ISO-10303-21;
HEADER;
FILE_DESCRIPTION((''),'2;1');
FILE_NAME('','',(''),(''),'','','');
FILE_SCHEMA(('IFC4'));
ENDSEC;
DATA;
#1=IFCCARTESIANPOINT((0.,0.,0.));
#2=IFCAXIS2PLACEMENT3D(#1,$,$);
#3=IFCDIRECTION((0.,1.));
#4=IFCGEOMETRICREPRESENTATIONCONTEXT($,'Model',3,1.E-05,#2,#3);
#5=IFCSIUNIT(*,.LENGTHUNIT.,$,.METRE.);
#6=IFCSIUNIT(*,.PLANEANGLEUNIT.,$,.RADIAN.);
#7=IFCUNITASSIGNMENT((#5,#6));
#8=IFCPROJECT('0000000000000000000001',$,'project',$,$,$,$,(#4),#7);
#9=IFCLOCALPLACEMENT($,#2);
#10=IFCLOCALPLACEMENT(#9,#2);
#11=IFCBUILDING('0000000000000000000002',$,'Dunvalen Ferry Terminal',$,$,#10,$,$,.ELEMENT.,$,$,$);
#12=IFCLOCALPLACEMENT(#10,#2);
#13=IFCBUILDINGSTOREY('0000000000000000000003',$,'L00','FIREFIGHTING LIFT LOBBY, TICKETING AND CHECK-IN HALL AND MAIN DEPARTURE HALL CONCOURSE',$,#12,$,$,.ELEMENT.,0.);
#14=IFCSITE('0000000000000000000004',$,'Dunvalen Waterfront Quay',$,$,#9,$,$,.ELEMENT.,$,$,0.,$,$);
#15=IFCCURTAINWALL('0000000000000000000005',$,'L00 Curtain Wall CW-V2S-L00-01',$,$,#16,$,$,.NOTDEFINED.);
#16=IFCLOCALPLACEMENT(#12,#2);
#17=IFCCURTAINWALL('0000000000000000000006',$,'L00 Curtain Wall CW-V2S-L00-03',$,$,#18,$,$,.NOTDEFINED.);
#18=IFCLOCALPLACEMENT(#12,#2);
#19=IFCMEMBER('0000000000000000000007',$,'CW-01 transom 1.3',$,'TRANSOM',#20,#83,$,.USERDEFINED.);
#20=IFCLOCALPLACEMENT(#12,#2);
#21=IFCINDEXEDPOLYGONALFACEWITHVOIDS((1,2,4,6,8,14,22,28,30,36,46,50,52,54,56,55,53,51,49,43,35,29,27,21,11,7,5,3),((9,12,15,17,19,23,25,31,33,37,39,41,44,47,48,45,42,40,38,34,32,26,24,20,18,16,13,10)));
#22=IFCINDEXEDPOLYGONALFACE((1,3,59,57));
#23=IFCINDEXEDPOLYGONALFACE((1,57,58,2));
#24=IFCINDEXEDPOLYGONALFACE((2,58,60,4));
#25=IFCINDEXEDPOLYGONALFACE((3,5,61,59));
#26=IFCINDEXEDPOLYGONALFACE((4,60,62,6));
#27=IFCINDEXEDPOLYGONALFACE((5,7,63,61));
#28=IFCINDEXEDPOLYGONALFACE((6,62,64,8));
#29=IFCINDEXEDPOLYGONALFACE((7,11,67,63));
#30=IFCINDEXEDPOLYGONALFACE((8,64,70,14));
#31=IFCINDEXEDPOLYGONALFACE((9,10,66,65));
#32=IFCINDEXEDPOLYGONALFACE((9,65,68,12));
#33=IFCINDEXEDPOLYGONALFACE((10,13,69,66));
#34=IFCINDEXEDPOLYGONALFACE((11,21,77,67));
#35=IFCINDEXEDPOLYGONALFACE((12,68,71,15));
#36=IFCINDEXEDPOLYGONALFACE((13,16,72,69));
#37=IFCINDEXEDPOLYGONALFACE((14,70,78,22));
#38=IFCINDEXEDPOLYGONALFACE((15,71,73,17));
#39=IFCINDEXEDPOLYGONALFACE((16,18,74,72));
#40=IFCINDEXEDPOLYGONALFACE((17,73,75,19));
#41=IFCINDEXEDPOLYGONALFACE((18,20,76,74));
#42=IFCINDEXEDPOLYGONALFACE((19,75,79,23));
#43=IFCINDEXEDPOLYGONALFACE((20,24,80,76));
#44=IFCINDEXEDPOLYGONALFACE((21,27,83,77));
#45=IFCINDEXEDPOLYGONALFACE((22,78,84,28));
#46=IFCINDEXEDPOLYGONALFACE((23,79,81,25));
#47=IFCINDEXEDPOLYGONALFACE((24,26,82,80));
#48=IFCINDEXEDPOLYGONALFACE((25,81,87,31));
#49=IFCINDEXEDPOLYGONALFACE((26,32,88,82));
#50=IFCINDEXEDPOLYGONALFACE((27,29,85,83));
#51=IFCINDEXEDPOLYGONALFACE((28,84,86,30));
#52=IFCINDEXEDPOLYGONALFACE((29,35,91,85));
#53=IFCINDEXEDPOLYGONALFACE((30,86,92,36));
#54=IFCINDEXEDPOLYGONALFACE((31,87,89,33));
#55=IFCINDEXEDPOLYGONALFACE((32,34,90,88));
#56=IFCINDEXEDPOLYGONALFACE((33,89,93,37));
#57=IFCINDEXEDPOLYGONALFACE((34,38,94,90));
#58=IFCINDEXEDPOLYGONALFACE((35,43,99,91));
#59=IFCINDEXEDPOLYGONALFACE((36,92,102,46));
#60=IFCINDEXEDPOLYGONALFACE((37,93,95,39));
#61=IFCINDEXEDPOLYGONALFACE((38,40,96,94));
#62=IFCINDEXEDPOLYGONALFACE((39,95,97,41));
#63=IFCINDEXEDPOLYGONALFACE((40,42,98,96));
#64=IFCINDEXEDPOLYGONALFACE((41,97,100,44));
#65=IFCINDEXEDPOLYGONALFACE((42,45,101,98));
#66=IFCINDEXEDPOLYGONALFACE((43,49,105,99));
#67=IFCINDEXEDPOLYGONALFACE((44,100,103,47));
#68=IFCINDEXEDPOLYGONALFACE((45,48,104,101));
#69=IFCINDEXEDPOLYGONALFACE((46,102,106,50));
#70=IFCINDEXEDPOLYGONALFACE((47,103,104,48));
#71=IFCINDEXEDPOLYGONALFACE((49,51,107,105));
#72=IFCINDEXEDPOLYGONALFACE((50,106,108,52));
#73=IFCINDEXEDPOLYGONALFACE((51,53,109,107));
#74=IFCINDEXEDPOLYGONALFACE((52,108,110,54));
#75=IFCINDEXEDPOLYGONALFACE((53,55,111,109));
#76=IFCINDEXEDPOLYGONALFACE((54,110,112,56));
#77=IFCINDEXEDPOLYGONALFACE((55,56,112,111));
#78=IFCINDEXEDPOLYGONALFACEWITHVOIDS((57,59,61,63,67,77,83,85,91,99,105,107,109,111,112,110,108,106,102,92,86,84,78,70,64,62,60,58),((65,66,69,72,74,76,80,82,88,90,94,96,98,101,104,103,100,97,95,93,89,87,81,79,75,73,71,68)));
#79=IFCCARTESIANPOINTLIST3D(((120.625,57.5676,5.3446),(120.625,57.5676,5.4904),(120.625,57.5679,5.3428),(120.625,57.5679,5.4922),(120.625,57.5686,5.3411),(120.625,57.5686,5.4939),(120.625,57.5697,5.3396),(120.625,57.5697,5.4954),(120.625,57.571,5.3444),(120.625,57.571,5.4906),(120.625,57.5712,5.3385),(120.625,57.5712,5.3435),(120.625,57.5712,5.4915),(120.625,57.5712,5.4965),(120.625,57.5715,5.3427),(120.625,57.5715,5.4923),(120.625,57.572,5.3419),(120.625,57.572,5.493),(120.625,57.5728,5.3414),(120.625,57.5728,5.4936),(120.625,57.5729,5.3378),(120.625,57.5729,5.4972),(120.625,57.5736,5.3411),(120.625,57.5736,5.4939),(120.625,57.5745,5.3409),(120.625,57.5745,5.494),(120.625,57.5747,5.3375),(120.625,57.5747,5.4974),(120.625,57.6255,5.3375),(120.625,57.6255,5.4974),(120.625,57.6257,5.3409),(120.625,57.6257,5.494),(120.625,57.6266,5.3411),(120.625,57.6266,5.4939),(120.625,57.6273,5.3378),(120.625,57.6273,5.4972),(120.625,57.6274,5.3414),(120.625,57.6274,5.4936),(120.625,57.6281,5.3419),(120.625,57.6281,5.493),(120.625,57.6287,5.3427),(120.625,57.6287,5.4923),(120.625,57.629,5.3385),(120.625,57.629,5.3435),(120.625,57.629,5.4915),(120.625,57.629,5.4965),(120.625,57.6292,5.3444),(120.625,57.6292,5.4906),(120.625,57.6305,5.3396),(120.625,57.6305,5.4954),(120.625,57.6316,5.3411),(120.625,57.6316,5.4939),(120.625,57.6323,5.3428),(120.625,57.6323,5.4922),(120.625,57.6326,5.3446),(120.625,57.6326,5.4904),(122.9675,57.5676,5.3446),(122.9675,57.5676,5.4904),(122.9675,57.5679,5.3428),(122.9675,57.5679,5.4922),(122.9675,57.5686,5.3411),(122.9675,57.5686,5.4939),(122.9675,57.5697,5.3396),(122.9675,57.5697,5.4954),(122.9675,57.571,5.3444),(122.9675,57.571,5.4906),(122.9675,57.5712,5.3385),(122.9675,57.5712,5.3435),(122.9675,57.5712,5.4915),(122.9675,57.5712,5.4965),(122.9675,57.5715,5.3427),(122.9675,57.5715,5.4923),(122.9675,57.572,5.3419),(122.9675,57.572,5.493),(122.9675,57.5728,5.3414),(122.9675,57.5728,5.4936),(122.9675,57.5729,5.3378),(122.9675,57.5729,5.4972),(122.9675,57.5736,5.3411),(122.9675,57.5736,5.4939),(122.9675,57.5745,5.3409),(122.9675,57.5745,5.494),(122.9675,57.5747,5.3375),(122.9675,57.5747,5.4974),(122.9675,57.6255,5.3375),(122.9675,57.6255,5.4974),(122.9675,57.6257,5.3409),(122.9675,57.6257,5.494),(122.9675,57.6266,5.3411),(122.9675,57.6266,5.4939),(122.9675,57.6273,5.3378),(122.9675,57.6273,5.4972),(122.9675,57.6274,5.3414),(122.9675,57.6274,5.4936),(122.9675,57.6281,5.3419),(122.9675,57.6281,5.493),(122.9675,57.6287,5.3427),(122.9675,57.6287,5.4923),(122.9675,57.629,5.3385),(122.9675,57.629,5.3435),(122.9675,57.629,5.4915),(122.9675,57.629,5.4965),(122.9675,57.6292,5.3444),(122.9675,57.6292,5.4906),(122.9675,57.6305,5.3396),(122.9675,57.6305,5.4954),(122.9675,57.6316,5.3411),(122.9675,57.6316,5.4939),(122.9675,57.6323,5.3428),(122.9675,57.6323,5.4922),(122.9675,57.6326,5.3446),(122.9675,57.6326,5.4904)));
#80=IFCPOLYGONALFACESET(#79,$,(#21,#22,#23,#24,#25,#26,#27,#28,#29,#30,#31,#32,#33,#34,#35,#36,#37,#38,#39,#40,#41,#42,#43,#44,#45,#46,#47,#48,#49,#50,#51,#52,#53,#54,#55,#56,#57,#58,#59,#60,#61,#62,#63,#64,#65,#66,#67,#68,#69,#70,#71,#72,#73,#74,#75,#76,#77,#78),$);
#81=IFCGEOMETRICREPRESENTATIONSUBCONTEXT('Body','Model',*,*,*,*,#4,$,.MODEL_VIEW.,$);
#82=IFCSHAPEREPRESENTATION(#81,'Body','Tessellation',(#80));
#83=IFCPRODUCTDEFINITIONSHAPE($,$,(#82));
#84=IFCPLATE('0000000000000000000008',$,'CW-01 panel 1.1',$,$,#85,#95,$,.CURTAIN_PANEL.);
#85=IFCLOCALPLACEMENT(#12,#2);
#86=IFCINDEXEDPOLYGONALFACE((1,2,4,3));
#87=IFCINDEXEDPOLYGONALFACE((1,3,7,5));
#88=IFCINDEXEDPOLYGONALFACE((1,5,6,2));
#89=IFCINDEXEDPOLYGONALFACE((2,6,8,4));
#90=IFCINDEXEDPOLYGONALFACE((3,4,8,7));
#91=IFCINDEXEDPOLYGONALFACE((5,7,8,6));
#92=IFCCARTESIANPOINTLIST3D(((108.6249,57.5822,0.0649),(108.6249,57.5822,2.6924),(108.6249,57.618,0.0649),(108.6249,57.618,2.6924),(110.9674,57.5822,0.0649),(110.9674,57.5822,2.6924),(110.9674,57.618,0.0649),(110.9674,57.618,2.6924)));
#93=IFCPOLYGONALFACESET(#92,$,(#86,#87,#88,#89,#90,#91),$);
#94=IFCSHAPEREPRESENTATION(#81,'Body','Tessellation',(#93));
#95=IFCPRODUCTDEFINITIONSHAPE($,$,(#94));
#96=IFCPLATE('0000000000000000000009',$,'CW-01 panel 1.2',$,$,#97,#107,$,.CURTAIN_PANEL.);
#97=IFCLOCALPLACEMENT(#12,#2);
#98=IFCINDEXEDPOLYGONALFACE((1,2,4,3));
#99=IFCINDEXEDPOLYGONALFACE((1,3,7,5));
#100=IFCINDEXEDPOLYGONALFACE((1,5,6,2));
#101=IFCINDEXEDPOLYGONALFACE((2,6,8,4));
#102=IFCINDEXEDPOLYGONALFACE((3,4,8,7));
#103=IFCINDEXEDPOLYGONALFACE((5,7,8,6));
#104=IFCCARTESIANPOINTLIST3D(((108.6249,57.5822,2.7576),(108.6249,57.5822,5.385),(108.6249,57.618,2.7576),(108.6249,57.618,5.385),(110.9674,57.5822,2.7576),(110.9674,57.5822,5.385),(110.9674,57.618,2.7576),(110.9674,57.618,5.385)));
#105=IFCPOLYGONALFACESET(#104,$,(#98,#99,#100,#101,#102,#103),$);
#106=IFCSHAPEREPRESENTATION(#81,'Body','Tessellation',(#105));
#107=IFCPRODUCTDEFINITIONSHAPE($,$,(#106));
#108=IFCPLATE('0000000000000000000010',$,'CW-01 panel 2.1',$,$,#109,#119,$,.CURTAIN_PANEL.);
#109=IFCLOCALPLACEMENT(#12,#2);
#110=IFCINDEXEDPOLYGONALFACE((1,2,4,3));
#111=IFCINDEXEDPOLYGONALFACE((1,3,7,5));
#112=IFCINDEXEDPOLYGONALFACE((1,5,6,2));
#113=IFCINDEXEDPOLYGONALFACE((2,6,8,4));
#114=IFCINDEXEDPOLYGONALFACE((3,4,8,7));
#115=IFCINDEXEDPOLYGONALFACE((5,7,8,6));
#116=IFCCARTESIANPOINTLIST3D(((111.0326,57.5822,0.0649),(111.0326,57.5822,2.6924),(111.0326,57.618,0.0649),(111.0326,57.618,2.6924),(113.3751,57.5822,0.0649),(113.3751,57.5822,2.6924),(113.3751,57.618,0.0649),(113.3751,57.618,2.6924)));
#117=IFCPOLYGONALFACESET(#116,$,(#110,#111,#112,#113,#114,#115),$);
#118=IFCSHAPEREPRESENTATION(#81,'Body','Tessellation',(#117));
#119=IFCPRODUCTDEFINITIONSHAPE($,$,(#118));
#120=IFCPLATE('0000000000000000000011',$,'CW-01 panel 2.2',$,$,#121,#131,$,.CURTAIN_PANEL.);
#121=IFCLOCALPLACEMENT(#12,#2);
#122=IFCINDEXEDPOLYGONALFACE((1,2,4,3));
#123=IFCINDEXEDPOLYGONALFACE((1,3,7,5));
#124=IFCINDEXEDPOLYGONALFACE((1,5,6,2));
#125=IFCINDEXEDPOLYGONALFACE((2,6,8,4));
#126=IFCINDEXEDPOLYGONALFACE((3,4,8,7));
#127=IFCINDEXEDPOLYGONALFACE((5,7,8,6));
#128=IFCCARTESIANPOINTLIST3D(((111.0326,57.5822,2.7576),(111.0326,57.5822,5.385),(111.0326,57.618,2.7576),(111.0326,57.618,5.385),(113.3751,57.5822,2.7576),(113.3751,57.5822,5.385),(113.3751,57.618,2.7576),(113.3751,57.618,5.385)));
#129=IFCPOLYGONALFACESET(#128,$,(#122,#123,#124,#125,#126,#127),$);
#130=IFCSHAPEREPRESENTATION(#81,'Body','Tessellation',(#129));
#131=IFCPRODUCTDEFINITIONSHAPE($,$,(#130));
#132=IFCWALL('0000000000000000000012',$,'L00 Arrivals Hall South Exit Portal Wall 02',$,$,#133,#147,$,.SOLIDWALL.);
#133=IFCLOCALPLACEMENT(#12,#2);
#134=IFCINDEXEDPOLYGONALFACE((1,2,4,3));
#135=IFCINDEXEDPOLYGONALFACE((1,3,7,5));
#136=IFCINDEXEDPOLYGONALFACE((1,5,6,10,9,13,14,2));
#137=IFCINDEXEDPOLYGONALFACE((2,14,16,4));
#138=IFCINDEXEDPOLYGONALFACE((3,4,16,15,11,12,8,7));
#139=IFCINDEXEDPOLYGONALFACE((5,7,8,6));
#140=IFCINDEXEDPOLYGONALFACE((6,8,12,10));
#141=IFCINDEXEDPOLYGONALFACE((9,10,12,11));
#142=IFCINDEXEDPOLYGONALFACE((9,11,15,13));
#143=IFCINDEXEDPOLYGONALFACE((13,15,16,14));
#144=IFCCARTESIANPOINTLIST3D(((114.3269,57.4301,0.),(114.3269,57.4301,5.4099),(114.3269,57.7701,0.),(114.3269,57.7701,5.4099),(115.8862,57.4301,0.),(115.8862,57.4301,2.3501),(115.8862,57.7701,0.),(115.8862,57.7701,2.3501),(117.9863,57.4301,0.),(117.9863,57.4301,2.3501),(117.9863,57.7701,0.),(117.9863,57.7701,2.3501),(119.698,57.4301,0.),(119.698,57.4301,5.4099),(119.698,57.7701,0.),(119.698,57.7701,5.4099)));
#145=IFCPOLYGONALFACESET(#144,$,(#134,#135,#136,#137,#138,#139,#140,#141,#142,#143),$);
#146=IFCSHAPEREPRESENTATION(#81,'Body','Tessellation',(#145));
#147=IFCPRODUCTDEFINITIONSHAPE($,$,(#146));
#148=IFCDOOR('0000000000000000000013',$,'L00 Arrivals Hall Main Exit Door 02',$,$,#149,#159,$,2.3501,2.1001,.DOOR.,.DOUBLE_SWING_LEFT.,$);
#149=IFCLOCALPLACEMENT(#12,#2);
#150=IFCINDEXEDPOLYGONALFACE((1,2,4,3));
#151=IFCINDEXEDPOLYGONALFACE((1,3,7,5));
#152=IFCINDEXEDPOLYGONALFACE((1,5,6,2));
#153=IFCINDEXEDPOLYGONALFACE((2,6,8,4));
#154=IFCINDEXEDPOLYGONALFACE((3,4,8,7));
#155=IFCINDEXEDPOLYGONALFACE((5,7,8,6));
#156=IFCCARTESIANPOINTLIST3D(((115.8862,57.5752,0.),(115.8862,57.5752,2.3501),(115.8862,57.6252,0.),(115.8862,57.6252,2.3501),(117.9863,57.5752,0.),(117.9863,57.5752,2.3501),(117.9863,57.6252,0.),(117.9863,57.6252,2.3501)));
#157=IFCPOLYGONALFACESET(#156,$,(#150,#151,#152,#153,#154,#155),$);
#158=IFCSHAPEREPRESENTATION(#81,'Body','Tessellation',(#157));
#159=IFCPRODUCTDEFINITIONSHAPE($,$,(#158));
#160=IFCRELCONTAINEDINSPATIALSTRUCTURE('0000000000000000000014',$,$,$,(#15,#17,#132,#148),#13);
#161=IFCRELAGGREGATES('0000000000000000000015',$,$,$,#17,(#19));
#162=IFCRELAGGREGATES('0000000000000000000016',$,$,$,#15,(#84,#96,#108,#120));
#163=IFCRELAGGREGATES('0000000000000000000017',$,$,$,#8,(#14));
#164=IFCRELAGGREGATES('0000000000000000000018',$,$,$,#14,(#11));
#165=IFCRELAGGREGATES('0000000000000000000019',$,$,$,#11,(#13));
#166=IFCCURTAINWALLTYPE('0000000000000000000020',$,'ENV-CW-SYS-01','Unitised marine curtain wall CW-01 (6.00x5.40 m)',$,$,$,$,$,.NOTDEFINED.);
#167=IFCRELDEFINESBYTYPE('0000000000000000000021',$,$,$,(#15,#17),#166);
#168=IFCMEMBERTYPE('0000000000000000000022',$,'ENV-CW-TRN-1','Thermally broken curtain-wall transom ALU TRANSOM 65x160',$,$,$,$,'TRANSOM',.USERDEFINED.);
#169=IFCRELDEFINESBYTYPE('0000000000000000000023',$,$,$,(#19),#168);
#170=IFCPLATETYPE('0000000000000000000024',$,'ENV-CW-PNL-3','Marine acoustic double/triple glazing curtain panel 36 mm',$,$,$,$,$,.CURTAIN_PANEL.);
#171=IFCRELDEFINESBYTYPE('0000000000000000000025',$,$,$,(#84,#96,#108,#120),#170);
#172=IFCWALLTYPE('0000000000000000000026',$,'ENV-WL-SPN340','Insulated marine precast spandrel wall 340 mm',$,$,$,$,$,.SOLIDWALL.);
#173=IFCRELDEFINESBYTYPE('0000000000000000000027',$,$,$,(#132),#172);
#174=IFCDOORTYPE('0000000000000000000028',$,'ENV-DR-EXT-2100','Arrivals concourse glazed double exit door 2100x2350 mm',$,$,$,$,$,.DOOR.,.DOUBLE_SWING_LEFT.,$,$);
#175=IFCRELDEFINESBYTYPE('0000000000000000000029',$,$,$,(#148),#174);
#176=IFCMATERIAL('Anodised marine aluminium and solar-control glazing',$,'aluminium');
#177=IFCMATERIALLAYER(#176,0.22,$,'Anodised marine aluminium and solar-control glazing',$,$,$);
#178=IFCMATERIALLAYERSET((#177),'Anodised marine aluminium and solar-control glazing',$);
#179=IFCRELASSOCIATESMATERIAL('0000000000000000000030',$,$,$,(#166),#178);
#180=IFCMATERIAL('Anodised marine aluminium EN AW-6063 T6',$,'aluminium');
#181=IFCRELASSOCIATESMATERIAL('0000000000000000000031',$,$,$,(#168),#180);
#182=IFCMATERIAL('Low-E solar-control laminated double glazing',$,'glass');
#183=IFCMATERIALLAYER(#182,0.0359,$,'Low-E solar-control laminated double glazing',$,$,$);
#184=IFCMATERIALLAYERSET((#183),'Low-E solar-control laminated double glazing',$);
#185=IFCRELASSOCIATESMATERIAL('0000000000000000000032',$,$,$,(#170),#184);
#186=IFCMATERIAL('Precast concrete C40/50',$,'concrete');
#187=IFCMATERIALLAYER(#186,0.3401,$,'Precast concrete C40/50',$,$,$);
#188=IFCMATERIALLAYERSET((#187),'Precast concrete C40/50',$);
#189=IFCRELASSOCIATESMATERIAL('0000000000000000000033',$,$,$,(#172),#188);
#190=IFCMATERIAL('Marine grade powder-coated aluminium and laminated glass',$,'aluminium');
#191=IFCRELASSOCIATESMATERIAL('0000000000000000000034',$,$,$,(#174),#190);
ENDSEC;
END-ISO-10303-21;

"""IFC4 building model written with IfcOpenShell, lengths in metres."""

from ifc_helpers import new_model, si_unit, direction, frame, frame_2d, origin, origin_2d, place, context, subcontext, project, spatial, rectangle, hollow_rectangle, extrude, material, layer, layer_set, material_profile, profile_set, type_object, element, fill, aggregate, save


model = new_model("IFC4")

# Units and contexts
model_context = context("Model", 3, precision=1e-05, world=origin(), true_north=direction((0.0, 1.0)))
body_context = subcontext(model_context, "Body", "Model", "MODEL_VIEW")
ifc_project = project(units=[si_unit("LENGTHUNIT", "METRE"), si_unit("PLANEANGLEUNIT", "RADIAN")], contexts=[model_context])

# Site, building, storey
site_placement = place(None, origin())
site = spatial("IfcSite", under=ifc_project, at=site_placement, Name="Dunvalen Waterfront Quay", CompositionType="ELEMENT", RefElevation=0.0)
building_placement = place(site_placement, origin())
building = spatial("IfcBuilding", under=site, at=building_placement, Name="Dunvalen Ferry Terminal", CompositionType="ELEMENT")
storey_placement = place(building_placement, origin())
storey = spatial("IfcBuildingStorey", under=building, at=storey_placement, Name="L00", Description="FIREFIGHTING LIFT LOBBY, TICKETING AND CHECK-IN HALL AND MAIN DEPARTURE HALL CONCOURSE", CompositionType="ELEMENT", Elevation=0.0)

# Curtain wall
ifc_material_1 = material(Name="Anodised marine aluminium and solar-control glazing", Category="aluminium")
ifc_layer_1 = layer(ifc_material_1, 0.22, Name="Anodised marine aluminium and solar-control glazing")
ifc_layer_set_1 = layer_set([ifc_layer_1], Name="Anodised marine aluminium and solar-control glazing")
curtain_wall_type = type_object("IfcCurtainWallType", Name="ENV-CW-SYS-01", Description="Unitised marine curtain wall CW-01 (6.00x5.40 m)", PredefinedType="NOTDEFINED", material=ifc_layer_set_1)
curtain_wall_1_placement = place(storey_placement, origin())
curtain_wall_1 = element("IfcCurtainWall", 1, at=curtain_wall_1_placement, inside=storey, type_object=curtain_wall_type, Name="L00 Curtain Wall CW-V2S-L00-01", PredefinedType="NOTDEFINED")
ifc_material_2 = material(Name="Anodised marine aluminium EN AW-6063 T6", Category="aluminium")

# Curtain wall
curtain_wall_2_placement = place(storey_placement, origin())
curtain_wall_2 = element("IfcCurtainWall", 2, at=curtain_wall_2_placement, inside=storey, type_object=curtain_wall_type, Name="L00 Curtain Wall CW-V2S-L00-03", PredefinedType="NOTDEFINED")

# Member
ifc_material_profile_1 = material_profile(ifc_material_2, hollow_rectangle(XDim=0.0649, YDim=0.1599, WallThickness=0.0034, InnerFilletRadius=0.0034, OuterFilletRadius=0.0071, at=origin_2d()), Name="Anodised marine aluminium EN AW-6063 T6")
ifc_profile_set_1 = profile_set([ifc_material_profile_1], Name="Anodised marine aluminium EN AW-6063 T6")
member_type_1 = type_object("IfcMemberType", Name="ENV-CW-TRN-1", Description="Thermally broken curtain-wall transom ALU TRANSOM 65x160", ElementType="TRANSOM", PredefinedType="USERDEFINED", material=ifc_profile_set_1)
member_1_placement = place(storey_placement, frame((120.625, 57.6001, 5.4175), z_axis=(1.0, 0.0, 0.0), x_axis=(0.0, 1.0, 0.0)))
member_1 = element("IfcMember", 3, at=member_1_placement, type_object=member_type_1, Name="CW-01 transom 1.3", ObjectType="TRANSOM", PredefinedType="USERDEFINED", context=body_context, shape_type="SweptSolid", body=[
    extrude(hollow_rectangle(XDim=0.0649, YDim=0.1599, WallThickness=0.0034, InnerFilletRadius=0.0034, OuterFilletRadius=0.0071, at=origin_2d()), origin(), (0.0, 0.0, 1.0), 2.3425),
])
aggregate(curtain_wall_2, [member_1])

# Plates
ifc_material_3 = material(Name="Low-E solar-control laminated double glazing", Category="glass")
ifc_layer_2 = layer(ifc_material_3, 0.0359, Name="Low-E solar-control laminated double glazing")
ifc_layer_set_2 = layer_set([ifc_layer_2], Name="Low-E solar-control laminated double glazing")
plate_type = type_object("IfcPlateType", Name="ENV-CW-PNL-3", Description="Marine acoustic double/triple glazing curtain panel 36 mm", PredefinedType="CURTAIN_PANEL", material=ifc_layer_set_2)
plate_1_placement = place(storey_placement, frame((109.7961, 57.6001, 0.0649), z_axis=(0.0, 0.0, 1.0), x_axis=(1.0, 0.0, 0.0)))
plate_1 = element("IfcPlate", 4, at=plate_1_placement, type_object=plate_type, Name="CW-01 panel 1.1", PredefinedType="CURTAIN_PANEL", context=body_context, shape_type="SweptSolid", body=[
    extrude(rectangle(XDim=2.3425, YDim=0.0359, at=origin_2d()), origin(), (0.0, 0.0, 1.0), 2.6274),
])
plate_2_placement = place(storey_placement, frame((109.7961, 57.6001, 2.7576), z_axis=(0.0, 0.0, 1.0), x_axis=(1.0, 0.0, 0.0)))
plate_2 = element("IfcPlate", 5, at=plate_2_placement, type_object=plate_type, Name="CW-01 panel 1.2", PredefinedType="CURTAIN_PANEL", context=body_context, shape_type="SweptSolid", body=[
    extrude(rectangle(XDim=2.3425, YDim=0.0359, at=origin_2d()), origin(), (0.0, 0.0, 1.0), 2.6274),
])
plate_3_placement = place(storey_placement, frame((112.2039, 57.6001, 0.0649), z_axis=(0.0, 0.0, 1.0), x_axis=(1.0, 0.0, 0.0)))
plate_3 = element("IfcPlate", 6, at=plate_3_placement, type_object=plate_type, Name="CW-01 panel 2.1", PredefinedType="CURTAIN_PANEL", context=body_context, shape_type="SweptSolid", body=[
    extrude(rectangle(XDim=2.3425, YDim=0.0359, at=origin_2d()), origin(), (0.0, 0.0, 1.0), 2.6274),
])
plate_4_placement = place(storey_placement, frame((112.2039, 57.6001, 2.7576), z_axis=(0.0, 0.0, 1.0), x_axis=(1.0, 0.0, 0.0)))
plate_4 = element("IfcPlate", 7, at=plate_4_placement, type_object=plate_type, Name="CW-01 panel 2.2", PredefinedType="CURTAIN_PANEL", context=body_context, shape_type="SweptSolid", body=[
    extrude(rectangle(XDim=2.3425, YDim=0.0359, at=origin_2d()), origin(), (0.0, 0.0, 1.0), 2.6274),
])
aggregate(curtain_wall_1, [plate_1, plate_2, plate_3, plate_4])

# Wall, opening, door
ifc_material_4 = material(Name="Precast concrete C40/50", Category="concrete")
ifc_layer_3 = layer(ifc_material_4, 0.3401, Name="Precast concrete C40/50")
ifc_layer_set_3 = layer_set([ifc_layer_3], Name="Precast concrete C40/50")
wall_type = type_object("IfcWallType", Name="ENV-WL-SPN340", Description="Insulated marine precast spandrel wall 340 mm", PredefinedType="SOLIDWALL", material=ifc_layer_set_3)
wall_placement = place(storey_placement, frame((114.3269, 57.6001, 0.0), z_axis=(0.0, 0.0, 1.0), x_axis=(1.0, 0.0, 0.0)))
wall = element("IfcWall", 8, at=wall_placement, inside=storey, type_object=wall_type, Name="L00 Arrivals Hall South Exit Portal Wall 02", PredefinedType="SOLIDWALL", context=body_context, shape_type="SweptSolid", body=[
    extrude(rectangle(XDim=5.3711, YDim=0.3401, at=frame_2d((2.6855, 0.0))), origin(), (0.0, 0.0, 1.0), 5.4099),
])
opening_placement = place(wall_placement, frame((1.5593, 0.0, 0.0)))
opening = element("IfcOpeningElement", 9, at=opening_placement, cuts=wall, PredefinedType="OPENING", context=body_context, shape_type="SweptSolid", body=[
    extrude(rectangle(XDim=2.1001, YDim=2.3501, at=frame_2d((1.05, 1.175))), frame((0.0, 0.1802, 0.0), z_axis=(0.0, -1.0, 0.0), x_axis=(1.0, 0.0, 0.0)), (0.0, 0.0, 1.0), 0.3601),
])
ifc_material_5 = material(Name="Marine grade powder-coated aluminium and laminated glass", Category="aluminium")
door_type = type_object("IfcDoorType", Name="ENV-DR-EXT-2100", Description="Arrivals concourse glazed double exit door 2100x2350 mm", OperationType="DOUBLE_SWING_LEFT", PredefinedType="DOOR", material=ifc_material_5)
door_placement = place(opening_placement, frame((2.1001, 0.0, 0.0), z_axis=(0.0, 0.0, 1.0), x_axis=(-1.0, 0.0, 0.0)))
door = element("IfcDoor", 10, at=door_placement, inside=storey, type_object=door_type, Name="L00 Arrivals Hall Main Exit Door 02", OperationType="DOUBLE_SWING_LEFT", OverallHeight=2.3501, OverallWidth=2.1001, PredefinedType="DOOR", context=body_context, shape_type="SweptSolid", body=[
    extrude(rectangle(XDim=2.1001, YDim=2.3501, at=frame_2d((1.05, 1.175))), frame((0.0, 0.0249, 0.0), z_axis=(0.0, -1.0, 0.0), x_axis=(1.0, 0.0, 0.0)), (0.0, 0.0, 1.0), 0.05),
])
fill(opening, door)

save(model, "model.ifc")
